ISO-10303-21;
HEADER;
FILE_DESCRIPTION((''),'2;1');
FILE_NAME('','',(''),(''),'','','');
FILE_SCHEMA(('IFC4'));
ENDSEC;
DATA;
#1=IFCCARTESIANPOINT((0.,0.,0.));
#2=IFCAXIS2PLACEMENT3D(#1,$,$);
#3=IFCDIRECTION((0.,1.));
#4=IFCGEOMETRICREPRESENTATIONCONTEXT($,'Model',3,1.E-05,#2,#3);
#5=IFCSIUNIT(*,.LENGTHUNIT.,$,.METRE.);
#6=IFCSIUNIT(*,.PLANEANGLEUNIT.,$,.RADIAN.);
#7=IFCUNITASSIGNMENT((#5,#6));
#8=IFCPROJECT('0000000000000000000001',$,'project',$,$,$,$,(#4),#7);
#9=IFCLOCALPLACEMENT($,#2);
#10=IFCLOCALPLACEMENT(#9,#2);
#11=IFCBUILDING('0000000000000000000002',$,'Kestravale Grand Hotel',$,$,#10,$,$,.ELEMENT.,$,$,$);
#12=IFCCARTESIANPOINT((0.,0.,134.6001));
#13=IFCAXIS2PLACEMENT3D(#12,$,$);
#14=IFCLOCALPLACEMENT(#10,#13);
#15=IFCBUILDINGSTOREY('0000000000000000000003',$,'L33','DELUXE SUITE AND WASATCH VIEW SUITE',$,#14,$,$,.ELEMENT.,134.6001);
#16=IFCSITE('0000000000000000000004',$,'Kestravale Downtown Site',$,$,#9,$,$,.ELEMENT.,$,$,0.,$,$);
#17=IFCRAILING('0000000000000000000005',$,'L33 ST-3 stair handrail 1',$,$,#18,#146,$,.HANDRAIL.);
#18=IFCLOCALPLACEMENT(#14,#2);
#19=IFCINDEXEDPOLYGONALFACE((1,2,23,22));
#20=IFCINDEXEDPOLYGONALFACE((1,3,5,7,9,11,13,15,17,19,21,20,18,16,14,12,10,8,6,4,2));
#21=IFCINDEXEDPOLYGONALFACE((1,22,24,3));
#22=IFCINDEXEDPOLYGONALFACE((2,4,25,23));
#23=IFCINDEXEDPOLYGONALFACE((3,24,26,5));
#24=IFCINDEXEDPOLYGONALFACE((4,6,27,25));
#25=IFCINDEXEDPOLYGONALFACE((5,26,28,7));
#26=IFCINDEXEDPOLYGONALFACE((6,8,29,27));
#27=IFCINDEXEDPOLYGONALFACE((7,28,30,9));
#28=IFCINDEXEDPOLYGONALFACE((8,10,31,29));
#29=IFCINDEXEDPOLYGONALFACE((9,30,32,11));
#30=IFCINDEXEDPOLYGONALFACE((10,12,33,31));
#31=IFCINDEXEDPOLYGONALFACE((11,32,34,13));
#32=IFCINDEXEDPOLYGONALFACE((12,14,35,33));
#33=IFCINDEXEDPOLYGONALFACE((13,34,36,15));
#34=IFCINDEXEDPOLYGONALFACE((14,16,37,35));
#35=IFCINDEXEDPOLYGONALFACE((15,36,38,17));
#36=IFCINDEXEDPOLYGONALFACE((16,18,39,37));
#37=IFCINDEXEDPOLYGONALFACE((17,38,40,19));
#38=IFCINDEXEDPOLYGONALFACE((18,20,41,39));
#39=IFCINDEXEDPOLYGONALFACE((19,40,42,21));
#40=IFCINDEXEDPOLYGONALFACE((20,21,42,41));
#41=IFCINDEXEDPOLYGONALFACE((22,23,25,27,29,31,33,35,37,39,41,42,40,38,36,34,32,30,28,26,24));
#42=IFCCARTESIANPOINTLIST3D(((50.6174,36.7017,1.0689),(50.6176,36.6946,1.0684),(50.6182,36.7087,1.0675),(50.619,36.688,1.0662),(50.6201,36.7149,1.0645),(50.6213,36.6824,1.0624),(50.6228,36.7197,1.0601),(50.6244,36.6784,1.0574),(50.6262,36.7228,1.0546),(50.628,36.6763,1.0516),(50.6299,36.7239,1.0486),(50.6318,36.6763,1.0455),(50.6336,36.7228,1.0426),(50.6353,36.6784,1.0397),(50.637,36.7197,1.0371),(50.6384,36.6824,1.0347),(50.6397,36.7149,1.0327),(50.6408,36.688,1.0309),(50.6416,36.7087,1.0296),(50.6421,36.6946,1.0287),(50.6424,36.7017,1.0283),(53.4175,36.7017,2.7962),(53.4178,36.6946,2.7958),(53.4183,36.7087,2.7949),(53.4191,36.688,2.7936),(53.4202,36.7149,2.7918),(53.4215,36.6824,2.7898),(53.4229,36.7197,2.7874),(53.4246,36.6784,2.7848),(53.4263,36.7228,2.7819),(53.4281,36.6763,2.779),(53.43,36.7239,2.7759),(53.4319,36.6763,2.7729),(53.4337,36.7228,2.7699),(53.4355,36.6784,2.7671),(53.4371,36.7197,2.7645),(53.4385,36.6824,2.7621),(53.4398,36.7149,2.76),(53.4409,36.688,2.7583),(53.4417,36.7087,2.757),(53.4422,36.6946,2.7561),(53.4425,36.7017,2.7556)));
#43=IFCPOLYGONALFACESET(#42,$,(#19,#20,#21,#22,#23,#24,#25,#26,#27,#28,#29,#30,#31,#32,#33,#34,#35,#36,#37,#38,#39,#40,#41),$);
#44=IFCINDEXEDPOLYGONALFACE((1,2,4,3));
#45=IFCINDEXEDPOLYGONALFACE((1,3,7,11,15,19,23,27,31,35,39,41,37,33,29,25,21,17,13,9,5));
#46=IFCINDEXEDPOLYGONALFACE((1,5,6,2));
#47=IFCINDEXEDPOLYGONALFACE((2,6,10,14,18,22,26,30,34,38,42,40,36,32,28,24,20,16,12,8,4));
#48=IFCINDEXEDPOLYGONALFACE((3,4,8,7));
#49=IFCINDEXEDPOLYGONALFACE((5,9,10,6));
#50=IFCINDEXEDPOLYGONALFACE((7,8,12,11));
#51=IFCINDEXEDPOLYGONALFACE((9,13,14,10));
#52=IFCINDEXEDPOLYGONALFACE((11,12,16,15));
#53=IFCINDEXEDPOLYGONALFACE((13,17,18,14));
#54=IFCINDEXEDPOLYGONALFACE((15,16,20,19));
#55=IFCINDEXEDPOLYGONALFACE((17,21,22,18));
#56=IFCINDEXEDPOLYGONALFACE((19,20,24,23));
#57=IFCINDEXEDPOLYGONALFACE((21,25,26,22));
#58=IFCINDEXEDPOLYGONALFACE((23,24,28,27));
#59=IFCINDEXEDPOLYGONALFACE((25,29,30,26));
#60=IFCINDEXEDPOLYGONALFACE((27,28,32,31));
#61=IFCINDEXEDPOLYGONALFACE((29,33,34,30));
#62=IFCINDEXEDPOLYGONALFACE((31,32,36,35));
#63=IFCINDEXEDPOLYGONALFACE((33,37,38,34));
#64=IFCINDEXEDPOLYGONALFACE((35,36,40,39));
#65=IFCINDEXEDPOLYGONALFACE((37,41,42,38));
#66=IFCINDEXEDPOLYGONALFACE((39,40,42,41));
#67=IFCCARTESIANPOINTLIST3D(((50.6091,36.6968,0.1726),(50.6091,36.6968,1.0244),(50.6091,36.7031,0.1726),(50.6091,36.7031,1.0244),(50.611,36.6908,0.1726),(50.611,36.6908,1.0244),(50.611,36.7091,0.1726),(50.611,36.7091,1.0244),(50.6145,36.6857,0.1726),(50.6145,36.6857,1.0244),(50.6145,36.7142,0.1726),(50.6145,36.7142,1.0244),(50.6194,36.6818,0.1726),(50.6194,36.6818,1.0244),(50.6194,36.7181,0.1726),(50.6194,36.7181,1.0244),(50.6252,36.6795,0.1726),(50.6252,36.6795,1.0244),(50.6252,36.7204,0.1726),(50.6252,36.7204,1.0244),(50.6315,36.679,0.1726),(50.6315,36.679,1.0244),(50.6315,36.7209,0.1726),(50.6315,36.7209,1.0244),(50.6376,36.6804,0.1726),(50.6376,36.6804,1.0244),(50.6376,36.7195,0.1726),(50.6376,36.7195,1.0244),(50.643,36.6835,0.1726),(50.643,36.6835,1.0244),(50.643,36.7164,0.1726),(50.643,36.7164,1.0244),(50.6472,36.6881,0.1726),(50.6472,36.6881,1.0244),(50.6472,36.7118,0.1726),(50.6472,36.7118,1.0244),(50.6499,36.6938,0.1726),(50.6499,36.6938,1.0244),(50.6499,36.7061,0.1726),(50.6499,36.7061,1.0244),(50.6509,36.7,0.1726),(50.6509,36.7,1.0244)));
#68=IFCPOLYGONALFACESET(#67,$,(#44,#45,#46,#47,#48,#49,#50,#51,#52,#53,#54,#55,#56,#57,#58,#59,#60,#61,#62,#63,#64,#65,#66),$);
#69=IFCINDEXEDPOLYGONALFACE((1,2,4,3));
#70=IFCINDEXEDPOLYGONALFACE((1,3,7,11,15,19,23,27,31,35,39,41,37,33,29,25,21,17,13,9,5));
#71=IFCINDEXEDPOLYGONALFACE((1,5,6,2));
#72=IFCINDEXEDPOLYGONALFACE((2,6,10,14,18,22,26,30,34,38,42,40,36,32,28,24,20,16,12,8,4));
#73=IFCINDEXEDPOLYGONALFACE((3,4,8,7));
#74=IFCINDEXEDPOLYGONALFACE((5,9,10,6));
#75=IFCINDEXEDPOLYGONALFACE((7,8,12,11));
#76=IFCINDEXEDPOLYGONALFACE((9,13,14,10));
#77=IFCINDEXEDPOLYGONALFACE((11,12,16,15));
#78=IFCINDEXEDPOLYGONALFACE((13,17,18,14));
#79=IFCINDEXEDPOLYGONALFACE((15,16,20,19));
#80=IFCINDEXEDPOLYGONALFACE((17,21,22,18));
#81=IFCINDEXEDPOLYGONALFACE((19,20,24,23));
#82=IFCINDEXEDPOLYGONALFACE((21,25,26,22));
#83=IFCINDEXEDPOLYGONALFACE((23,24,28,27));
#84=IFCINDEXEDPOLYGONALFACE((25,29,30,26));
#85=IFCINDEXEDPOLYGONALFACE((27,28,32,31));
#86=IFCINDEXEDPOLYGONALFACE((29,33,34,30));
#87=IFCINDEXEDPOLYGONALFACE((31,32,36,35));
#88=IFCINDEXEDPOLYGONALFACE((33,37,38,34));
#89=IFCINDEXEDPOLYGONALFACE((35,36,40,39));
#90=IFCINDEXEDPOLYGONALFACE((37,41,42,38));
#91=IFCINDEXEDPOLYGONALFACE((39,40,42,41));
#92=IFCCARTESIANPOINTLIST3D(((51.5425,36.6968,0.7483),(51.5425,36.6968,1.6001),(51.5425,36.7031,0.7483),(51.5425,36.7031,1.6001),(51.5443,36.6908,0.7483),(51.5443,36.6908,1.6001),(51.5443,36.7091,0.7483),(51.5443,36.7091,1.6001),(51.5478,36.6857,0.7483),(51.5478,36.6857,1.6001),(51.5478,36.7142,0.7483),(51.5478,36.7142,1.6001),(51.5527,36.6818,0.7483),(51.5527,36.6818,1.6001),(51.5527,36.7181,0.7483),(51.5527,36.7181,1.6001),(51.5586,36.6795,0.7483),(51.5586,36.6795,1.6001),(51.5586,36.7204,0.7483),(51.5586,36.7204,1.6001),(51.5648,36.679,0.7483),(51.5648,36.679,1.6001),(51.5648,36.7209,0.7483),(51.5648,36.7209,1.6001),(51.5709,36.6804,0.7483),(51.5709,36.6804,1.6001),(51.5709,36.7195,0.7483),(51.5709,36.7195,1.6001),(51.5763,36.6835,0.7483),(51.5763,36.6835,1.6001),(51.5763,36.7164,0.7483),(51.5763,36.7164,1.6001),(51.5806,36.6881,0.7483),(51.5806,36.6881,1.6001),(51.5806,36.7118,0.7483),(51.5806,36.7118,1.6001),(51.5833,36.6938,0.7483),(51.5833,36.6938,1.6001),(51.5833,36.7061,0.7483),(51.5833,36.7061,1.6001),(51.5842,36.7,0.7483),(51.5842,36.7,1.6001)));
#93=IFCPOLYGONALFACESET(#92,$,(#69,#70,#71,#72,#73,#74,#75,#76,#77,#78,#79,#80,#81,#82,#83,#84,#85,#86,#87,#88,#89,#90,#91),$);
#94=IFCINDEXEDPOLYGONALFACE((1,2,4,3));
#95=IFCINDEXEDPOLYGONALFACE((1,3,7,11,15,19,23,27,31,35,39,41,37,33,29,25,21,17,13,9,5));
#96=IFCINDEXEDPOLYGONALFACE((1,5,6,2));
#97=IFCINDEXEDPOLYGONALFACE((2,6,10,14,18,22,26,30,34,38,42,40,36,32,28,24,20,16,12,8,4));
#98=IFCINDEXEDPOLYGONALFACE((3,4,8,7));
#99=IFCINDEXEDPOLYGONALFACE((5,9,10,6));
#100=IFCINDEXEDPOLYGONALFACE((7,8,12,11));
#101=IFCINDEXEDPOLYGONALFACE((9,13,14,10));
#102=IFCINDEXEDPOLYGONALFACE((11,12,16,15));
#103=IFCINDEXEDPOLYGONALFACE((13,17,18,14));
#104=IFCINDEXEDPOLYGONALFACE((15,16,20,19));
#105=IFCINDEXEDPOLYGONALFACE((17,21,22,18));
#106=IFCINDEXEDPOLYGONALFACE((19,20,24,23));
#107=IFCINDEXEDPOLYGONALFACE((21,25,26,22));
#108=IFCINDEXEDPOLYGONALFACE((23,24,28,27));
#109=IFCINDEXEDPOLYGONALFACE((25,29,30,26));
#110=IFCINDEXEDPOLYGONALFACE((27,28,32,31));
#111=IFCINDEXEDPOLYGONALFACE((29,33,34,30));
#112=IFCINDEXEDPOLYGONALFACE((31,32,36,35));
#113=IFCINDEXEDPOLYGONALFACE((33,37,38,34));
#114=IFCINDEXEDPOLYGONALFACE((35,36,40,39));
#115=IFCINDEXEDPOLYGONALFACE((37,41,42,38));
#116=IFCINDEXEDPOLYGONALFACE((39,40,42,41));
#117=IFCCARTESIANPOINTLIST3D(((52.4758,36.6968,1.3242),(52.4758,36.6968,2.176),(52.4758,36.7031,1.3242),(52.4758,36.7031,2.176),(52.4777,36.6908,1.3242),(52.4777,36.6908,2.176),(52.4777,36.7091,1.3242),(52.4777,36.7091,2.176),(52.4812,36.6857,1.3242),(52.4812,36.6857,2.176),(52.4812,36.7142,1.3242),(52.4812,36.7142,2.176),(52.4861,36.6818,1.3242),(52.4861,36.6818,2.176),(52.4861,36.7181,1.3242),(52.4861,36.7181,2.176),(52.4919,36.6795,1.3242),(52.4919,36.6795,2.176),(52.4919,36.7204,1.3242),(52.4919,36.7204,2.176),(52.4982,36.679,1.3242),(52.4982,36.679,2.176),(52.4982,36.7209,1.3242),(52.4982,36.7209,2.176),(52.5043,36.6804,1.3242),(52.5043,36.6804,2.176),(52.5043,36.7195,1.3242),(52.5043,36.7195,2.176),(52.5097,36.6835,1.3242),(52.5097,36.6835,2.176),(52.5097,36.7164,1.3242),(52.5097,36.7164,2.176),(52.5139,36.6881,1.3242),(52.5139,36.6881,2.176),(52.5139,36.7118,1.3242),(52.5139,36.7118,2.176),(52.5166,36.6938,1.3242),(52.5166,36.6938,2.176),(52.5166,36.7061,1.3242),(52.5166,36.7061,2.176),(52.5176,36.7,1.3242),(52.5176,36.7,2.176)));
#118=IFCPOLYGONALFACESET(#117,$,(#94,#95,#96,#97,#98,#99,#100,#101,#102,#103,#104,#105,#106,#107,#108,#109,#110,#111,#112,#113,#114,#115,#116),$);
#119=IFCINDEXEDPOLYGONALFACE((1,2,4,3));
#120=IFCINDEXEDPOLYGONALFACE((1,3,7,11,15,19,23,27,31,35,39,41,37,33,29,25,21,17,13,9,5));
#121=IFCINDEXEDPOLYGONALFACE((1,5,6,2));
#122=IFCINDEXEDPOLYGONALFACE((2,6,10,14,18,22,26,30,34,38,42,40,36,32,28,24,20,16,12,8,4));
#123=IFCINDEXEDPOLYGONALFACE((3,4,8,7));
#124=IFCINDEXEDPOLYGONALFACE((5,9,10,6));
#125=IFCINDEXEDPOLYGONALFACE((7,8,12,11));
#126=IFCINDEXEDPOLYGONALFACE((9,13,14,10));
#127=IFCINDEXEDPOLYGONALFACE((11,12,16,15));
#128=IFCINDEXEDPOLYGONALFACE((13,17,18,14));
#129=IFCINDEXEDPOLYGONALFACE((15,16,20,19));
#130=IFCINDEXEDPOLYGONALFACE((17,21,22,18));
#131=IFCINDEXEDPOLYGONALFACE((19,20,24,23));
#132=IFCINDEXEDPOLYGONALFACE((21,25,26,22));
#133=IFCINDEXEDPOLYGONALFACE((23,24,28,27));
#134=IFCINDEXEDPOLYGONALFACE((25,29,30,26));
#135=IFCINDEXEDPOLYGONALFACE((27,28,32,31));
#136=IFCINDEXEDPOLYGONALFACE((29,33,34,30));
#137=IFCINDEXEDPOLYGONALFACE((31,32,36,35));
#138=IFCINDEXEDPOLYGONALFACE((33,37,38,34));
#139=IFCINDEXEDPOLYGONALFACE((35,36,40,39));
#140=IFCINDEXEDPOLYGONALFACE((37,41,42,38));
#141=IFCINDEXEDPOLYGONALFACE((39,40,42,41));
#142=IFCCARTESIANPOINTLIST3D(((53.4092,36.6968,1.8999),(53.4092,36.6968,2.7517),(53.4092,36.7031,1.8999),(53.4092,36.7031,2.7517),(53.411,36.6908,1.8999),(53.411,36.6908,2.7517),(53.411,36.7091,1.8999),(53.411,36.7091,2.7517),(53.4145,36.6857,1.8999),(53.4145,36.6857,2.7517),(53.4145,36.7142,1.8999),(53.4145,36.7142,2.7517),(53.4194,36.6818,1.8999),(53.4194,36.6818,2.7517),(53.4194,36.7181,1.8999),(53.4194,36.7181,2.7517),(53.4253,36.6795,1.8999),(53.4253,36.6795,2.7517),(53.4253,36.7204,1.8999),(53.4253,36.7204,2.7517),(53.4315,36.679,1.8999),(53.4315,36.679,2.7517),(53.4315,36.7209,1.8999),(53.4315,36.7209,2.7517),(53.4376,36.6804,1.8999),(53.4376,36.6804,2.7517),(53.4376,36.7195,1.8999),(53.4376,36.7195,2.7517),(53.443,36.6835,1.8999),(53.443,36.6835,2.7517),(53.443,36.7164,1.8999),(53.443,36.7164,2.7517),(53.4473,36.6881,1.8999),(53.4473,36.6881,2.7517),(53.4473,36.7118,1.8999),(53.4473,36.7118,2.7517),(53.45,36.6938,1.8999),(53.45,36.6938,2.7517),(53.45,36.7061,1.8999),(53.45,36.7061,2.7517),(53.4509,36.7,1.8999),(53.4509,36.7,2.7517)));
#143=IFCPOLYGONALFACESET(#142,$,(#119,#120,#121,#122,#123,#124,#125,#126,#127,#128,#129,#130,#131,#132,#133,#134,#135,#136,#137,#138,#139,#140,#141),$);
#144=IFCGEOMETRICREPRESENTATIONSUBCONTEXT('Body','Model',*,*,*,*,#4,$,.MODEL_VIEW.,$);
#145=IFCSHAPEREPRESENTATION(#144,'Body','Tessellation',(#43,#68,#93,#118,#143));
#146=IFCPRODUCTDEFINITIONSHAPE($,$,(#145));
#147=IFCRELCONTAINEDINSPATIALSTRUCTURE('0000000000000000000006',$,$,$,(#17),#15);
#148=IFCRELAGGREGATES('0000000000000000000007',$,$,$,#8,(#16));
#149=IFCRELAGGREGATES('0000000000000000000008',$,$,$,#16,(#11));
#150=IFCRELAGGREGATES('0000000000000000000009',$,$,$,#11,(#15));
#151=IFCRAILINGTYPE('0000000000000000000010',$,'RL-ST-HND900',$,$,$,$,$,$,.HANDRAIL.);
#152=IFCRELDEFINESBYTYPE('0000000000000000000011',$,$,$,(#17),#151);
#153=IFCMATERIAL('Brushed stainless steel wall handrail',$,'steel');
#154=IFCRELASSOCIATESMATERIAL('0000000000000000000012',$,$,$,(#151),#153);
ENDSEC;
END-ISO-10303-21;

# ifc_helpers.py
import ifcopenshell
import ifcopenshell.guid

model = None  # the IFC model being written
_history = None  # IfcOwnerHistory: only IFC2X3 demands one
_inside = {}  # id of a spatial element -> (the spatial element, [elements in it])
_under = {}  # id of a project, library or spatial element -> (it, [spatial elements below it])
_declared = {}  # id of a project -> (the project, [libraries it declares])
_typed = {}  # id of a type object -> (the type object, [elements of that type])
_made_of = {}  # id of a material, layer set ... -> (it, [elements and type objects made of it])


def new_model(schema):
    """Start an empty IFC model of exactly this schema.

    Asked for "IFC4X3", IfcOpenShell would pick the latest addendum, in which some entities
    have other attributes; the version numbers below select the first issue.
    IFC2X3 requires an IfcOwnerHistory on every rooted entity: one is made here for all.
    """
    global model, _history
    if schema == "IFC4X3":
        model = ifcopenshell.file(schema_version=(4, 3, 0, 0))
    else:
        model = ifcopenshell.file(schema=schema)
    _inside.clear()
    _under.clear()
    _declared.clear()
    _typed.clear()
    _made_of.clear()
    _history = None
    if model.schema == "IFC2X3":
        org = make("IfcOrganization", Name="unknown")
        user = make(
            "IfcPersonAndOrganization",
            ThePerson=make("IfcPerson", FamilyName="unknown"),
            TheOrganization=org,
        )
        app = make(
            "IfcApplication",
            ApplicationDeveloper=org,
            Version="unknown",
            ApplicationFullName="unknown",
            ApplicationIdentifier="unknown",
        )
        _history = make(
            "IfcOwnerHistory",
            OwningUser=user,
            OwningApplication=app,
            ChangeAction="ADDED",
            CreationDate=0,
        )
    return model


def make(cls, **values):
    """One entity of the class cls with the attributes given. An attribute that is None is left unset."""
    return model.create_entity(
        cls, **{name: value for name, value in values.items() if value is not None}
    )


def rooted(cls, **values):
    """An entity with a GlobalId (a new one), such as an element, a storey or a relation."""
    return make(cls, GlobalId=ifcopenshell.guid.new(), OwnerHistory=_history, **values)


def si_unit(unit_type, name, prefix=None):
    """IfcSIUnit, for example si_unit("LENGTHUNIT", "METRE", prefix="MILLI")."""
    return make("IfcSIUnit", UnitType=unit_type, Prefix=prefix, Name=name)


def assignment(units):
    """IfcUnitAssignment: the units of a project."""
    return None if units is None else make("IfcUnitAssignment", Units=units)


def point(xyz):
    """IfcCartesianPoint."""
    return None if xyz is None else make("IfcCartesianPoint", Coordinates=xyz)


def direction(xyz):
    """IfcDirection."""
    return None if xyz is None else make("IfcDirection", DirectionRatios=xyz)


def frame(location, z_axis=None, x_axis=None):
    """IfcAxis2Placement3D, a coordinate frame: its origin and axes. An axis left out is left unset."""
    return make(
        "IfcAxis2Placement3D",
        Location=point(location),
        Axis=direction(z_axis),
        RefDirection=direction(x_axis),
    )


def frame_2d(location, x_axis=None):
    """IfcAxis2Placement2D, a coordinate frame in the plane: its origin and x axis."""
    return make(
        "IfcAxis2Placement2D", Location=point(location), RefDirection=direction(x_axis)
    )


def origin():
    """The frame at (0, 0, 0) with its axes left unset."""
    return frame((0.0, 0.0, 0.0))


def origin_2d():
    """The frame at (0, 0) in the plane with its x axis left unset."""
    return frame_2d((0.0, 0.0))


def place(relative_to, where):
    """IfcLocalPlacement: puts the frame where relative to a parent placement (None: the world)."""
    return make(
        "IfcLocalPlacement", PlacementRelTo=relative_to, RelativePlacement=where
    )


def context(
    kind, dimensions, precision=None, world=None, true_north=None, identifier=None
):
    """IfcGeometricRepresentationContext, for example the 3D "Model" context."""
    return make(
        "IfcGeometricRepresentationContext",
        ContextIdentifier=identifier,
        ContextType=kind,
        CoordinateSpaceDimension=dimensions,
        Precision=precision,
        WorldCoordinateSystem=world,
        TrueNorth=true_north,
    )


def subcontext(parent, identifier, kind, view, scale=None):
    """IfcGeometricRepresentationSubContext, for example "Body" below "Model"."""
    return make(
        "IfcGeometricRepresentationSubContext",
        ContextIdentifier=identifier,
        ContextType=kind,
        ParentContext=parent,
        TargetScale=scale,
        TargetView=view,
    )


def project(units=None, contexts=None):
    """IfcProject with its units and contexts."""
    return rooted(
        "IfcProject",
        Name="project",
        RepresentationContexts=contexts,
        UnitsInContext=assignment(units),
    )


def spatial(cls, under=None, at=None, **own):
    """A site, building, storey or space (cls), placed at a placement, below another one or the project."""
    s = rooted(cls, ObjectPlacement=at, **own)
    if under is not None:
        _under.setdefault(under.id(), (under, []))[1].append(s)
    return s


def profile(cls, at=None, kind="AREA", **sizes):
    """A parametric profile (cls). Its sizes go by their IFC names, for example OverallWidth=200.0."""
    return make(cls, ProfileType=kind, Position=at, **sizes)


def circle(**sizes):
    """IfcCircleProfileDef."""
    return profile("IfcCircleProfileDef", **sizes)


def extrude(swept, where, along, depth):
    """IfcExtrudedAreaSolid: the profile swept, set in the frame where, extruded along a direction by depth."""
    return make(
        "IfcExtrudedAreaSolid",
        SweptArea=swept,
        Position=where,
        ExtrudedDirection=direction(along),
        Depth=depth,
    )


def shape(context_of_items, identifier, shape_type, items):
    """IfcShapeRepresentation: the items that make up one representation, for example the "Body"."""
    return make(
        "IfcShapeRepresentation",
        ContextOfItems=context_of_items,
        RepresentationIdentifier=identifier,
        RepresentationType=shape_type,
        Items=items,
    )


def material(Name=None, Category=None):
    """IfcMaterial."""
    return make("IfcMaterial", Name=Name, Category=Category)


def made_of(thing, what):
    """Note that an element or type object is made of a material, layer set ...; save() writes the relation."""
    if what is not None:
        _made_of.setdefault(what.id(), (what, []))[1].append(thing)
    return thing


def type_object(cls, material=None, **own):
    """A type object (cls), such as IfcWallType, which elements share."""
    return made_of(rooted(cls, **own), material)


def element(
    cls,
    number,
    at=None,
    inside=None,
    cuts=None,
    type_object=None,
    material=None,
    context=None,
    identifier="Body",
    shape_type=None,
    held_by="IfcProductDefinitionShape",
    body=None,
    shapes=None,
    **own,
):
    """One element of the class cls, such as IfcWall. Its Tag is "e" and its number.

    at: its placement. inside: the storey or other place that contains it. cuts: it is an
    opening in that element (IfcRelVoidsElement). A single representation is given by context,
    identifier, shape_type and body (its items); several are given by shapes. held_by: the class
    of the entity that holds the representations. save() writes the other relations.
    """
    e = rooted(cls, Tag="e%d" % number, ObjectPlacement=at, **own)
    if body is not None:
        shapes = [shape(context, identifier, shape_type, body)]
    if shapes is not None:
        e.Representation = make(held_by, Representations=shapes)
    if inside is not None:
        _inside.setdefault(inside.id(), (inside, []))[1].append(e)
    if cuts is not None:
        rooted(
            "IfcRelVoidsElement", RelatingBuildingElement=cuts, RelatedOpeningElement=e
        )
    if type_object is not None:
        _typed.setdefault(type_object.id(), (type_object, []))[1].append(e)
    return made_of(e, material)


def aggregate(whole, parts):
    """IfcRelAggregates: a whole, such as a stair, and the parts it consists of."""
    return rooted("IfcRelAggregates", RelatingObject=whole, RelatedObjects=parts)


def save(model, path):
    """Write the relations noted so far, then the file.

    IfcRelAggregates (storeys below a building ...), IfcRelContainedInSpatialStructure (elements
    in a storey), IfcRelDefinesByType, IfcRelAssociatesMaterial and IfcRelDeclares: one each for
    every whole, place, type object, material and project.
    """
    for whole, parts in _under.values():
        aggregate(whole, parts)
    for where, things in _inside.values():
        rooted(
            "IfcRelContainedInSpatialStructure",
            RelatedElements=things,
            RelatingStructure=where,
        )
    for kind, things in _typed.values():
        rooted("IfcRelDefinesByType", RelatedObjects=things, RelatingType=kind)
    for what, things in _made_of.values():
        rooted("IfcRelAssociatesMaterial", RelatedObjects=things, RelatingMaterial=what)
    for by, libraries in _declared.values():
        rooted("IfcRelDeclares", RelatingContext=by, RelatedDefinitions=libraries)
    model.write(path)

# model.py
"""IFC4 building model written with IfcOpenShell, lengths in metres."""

from ifc_helpers import new_model, si_unit, direction, frame, origin, origin_2d, place, context, subcontext, project, spatial, circle, extrude, material, type_object, element, save


model = new_model("IFC4")

# Units and contexts
model_context = context("Model", 3, precision=1e-05, world=origin(), true_north=direction((0.0, 1.0)))
body_context = subcontext(model_context, "Body", "Model", "MODEL_VIEW")
ifc_project = project(units=[si_unit("LENGTHUNIT", "METRE"), si_unit("PLANEANGLEUNIT", "RADIAN")], contexts=[model_context])

# Site, building, storey
site_placement = place(None, origin())
site = spatial("IfcSite", under=ifc_project, at=site_placement, Name="Kestravale Downtown Site", CompositionType="ELEMENT", RefElevation=0.0)
building_placement = place(site_placement, origin())
building = spatial("IfcBuilding", under=site, at=building_placement, Name="Kestravale Grand Hotel", CompositionType="ELEMENT")
storey_placement = place(building_placement, frame((0.0, 0.0, 134.6001)))
storey = spatial("IfcBuildingStorey", under=building, at=storey_placement, Name="L33", Description="DELUXE SUITE AND WASATCH VIEW SUITE", CompositionType="ELEMENT", Elevation=134.6001)

# Railing
ifc_material_1 = material(Name="Brushed stainless steel wall handrail", Category="steel")
railing_type_1 = type_object("IfcRailingType", Name="RL-ST-HND900", PredefinedType="HANDRAIL", material=ifc_material_1)
railing_1_placement = place(storey_placement, frame((50.6299, 36.7, 0.1726)))
element("IfcRailing", 1, at=railing_1_placement, inside=storey, type_object=railing_type_1, Name="L33 ST-3 stair handrail 1", PredefinedType="HANDRAIL", context=body_context, shape_type="SweptSolid", body=[
    extrude(circle(Radius=0.0239, at=origin_2d()), frame((0.0, 0.0, 0.876), z_axis=(0.85109, 0.0, 0.52502), x_axis=(0.0, 1.0, 0.0)), (0.0, 0.0, 1.0), 3.29),
    extrude(circle(Radius=0.021, at=origin_2d()), origin(), (0.0, 0.0, 1.0), 0.8518),
    extrude(circle(Radius=0.021, at=origin_2d()), frame((0.9333, 0.0, 0.5757)), (0.0, 0.0, 1.0), 0.8518),
    extrude(circle(Radius=0.021, at=origin_2d()), frame((1.8667, 0.0, 1.1516)), (0.0, 0.0, 1.0), 0.8518),
    extrude(circle(Radius=0.021, at=origin_2d()), frame((2.8, 0.0, 1.7273)), (0.0, 0.0, 1.0), 0.8518),
])

save(model, "model.ifc")
